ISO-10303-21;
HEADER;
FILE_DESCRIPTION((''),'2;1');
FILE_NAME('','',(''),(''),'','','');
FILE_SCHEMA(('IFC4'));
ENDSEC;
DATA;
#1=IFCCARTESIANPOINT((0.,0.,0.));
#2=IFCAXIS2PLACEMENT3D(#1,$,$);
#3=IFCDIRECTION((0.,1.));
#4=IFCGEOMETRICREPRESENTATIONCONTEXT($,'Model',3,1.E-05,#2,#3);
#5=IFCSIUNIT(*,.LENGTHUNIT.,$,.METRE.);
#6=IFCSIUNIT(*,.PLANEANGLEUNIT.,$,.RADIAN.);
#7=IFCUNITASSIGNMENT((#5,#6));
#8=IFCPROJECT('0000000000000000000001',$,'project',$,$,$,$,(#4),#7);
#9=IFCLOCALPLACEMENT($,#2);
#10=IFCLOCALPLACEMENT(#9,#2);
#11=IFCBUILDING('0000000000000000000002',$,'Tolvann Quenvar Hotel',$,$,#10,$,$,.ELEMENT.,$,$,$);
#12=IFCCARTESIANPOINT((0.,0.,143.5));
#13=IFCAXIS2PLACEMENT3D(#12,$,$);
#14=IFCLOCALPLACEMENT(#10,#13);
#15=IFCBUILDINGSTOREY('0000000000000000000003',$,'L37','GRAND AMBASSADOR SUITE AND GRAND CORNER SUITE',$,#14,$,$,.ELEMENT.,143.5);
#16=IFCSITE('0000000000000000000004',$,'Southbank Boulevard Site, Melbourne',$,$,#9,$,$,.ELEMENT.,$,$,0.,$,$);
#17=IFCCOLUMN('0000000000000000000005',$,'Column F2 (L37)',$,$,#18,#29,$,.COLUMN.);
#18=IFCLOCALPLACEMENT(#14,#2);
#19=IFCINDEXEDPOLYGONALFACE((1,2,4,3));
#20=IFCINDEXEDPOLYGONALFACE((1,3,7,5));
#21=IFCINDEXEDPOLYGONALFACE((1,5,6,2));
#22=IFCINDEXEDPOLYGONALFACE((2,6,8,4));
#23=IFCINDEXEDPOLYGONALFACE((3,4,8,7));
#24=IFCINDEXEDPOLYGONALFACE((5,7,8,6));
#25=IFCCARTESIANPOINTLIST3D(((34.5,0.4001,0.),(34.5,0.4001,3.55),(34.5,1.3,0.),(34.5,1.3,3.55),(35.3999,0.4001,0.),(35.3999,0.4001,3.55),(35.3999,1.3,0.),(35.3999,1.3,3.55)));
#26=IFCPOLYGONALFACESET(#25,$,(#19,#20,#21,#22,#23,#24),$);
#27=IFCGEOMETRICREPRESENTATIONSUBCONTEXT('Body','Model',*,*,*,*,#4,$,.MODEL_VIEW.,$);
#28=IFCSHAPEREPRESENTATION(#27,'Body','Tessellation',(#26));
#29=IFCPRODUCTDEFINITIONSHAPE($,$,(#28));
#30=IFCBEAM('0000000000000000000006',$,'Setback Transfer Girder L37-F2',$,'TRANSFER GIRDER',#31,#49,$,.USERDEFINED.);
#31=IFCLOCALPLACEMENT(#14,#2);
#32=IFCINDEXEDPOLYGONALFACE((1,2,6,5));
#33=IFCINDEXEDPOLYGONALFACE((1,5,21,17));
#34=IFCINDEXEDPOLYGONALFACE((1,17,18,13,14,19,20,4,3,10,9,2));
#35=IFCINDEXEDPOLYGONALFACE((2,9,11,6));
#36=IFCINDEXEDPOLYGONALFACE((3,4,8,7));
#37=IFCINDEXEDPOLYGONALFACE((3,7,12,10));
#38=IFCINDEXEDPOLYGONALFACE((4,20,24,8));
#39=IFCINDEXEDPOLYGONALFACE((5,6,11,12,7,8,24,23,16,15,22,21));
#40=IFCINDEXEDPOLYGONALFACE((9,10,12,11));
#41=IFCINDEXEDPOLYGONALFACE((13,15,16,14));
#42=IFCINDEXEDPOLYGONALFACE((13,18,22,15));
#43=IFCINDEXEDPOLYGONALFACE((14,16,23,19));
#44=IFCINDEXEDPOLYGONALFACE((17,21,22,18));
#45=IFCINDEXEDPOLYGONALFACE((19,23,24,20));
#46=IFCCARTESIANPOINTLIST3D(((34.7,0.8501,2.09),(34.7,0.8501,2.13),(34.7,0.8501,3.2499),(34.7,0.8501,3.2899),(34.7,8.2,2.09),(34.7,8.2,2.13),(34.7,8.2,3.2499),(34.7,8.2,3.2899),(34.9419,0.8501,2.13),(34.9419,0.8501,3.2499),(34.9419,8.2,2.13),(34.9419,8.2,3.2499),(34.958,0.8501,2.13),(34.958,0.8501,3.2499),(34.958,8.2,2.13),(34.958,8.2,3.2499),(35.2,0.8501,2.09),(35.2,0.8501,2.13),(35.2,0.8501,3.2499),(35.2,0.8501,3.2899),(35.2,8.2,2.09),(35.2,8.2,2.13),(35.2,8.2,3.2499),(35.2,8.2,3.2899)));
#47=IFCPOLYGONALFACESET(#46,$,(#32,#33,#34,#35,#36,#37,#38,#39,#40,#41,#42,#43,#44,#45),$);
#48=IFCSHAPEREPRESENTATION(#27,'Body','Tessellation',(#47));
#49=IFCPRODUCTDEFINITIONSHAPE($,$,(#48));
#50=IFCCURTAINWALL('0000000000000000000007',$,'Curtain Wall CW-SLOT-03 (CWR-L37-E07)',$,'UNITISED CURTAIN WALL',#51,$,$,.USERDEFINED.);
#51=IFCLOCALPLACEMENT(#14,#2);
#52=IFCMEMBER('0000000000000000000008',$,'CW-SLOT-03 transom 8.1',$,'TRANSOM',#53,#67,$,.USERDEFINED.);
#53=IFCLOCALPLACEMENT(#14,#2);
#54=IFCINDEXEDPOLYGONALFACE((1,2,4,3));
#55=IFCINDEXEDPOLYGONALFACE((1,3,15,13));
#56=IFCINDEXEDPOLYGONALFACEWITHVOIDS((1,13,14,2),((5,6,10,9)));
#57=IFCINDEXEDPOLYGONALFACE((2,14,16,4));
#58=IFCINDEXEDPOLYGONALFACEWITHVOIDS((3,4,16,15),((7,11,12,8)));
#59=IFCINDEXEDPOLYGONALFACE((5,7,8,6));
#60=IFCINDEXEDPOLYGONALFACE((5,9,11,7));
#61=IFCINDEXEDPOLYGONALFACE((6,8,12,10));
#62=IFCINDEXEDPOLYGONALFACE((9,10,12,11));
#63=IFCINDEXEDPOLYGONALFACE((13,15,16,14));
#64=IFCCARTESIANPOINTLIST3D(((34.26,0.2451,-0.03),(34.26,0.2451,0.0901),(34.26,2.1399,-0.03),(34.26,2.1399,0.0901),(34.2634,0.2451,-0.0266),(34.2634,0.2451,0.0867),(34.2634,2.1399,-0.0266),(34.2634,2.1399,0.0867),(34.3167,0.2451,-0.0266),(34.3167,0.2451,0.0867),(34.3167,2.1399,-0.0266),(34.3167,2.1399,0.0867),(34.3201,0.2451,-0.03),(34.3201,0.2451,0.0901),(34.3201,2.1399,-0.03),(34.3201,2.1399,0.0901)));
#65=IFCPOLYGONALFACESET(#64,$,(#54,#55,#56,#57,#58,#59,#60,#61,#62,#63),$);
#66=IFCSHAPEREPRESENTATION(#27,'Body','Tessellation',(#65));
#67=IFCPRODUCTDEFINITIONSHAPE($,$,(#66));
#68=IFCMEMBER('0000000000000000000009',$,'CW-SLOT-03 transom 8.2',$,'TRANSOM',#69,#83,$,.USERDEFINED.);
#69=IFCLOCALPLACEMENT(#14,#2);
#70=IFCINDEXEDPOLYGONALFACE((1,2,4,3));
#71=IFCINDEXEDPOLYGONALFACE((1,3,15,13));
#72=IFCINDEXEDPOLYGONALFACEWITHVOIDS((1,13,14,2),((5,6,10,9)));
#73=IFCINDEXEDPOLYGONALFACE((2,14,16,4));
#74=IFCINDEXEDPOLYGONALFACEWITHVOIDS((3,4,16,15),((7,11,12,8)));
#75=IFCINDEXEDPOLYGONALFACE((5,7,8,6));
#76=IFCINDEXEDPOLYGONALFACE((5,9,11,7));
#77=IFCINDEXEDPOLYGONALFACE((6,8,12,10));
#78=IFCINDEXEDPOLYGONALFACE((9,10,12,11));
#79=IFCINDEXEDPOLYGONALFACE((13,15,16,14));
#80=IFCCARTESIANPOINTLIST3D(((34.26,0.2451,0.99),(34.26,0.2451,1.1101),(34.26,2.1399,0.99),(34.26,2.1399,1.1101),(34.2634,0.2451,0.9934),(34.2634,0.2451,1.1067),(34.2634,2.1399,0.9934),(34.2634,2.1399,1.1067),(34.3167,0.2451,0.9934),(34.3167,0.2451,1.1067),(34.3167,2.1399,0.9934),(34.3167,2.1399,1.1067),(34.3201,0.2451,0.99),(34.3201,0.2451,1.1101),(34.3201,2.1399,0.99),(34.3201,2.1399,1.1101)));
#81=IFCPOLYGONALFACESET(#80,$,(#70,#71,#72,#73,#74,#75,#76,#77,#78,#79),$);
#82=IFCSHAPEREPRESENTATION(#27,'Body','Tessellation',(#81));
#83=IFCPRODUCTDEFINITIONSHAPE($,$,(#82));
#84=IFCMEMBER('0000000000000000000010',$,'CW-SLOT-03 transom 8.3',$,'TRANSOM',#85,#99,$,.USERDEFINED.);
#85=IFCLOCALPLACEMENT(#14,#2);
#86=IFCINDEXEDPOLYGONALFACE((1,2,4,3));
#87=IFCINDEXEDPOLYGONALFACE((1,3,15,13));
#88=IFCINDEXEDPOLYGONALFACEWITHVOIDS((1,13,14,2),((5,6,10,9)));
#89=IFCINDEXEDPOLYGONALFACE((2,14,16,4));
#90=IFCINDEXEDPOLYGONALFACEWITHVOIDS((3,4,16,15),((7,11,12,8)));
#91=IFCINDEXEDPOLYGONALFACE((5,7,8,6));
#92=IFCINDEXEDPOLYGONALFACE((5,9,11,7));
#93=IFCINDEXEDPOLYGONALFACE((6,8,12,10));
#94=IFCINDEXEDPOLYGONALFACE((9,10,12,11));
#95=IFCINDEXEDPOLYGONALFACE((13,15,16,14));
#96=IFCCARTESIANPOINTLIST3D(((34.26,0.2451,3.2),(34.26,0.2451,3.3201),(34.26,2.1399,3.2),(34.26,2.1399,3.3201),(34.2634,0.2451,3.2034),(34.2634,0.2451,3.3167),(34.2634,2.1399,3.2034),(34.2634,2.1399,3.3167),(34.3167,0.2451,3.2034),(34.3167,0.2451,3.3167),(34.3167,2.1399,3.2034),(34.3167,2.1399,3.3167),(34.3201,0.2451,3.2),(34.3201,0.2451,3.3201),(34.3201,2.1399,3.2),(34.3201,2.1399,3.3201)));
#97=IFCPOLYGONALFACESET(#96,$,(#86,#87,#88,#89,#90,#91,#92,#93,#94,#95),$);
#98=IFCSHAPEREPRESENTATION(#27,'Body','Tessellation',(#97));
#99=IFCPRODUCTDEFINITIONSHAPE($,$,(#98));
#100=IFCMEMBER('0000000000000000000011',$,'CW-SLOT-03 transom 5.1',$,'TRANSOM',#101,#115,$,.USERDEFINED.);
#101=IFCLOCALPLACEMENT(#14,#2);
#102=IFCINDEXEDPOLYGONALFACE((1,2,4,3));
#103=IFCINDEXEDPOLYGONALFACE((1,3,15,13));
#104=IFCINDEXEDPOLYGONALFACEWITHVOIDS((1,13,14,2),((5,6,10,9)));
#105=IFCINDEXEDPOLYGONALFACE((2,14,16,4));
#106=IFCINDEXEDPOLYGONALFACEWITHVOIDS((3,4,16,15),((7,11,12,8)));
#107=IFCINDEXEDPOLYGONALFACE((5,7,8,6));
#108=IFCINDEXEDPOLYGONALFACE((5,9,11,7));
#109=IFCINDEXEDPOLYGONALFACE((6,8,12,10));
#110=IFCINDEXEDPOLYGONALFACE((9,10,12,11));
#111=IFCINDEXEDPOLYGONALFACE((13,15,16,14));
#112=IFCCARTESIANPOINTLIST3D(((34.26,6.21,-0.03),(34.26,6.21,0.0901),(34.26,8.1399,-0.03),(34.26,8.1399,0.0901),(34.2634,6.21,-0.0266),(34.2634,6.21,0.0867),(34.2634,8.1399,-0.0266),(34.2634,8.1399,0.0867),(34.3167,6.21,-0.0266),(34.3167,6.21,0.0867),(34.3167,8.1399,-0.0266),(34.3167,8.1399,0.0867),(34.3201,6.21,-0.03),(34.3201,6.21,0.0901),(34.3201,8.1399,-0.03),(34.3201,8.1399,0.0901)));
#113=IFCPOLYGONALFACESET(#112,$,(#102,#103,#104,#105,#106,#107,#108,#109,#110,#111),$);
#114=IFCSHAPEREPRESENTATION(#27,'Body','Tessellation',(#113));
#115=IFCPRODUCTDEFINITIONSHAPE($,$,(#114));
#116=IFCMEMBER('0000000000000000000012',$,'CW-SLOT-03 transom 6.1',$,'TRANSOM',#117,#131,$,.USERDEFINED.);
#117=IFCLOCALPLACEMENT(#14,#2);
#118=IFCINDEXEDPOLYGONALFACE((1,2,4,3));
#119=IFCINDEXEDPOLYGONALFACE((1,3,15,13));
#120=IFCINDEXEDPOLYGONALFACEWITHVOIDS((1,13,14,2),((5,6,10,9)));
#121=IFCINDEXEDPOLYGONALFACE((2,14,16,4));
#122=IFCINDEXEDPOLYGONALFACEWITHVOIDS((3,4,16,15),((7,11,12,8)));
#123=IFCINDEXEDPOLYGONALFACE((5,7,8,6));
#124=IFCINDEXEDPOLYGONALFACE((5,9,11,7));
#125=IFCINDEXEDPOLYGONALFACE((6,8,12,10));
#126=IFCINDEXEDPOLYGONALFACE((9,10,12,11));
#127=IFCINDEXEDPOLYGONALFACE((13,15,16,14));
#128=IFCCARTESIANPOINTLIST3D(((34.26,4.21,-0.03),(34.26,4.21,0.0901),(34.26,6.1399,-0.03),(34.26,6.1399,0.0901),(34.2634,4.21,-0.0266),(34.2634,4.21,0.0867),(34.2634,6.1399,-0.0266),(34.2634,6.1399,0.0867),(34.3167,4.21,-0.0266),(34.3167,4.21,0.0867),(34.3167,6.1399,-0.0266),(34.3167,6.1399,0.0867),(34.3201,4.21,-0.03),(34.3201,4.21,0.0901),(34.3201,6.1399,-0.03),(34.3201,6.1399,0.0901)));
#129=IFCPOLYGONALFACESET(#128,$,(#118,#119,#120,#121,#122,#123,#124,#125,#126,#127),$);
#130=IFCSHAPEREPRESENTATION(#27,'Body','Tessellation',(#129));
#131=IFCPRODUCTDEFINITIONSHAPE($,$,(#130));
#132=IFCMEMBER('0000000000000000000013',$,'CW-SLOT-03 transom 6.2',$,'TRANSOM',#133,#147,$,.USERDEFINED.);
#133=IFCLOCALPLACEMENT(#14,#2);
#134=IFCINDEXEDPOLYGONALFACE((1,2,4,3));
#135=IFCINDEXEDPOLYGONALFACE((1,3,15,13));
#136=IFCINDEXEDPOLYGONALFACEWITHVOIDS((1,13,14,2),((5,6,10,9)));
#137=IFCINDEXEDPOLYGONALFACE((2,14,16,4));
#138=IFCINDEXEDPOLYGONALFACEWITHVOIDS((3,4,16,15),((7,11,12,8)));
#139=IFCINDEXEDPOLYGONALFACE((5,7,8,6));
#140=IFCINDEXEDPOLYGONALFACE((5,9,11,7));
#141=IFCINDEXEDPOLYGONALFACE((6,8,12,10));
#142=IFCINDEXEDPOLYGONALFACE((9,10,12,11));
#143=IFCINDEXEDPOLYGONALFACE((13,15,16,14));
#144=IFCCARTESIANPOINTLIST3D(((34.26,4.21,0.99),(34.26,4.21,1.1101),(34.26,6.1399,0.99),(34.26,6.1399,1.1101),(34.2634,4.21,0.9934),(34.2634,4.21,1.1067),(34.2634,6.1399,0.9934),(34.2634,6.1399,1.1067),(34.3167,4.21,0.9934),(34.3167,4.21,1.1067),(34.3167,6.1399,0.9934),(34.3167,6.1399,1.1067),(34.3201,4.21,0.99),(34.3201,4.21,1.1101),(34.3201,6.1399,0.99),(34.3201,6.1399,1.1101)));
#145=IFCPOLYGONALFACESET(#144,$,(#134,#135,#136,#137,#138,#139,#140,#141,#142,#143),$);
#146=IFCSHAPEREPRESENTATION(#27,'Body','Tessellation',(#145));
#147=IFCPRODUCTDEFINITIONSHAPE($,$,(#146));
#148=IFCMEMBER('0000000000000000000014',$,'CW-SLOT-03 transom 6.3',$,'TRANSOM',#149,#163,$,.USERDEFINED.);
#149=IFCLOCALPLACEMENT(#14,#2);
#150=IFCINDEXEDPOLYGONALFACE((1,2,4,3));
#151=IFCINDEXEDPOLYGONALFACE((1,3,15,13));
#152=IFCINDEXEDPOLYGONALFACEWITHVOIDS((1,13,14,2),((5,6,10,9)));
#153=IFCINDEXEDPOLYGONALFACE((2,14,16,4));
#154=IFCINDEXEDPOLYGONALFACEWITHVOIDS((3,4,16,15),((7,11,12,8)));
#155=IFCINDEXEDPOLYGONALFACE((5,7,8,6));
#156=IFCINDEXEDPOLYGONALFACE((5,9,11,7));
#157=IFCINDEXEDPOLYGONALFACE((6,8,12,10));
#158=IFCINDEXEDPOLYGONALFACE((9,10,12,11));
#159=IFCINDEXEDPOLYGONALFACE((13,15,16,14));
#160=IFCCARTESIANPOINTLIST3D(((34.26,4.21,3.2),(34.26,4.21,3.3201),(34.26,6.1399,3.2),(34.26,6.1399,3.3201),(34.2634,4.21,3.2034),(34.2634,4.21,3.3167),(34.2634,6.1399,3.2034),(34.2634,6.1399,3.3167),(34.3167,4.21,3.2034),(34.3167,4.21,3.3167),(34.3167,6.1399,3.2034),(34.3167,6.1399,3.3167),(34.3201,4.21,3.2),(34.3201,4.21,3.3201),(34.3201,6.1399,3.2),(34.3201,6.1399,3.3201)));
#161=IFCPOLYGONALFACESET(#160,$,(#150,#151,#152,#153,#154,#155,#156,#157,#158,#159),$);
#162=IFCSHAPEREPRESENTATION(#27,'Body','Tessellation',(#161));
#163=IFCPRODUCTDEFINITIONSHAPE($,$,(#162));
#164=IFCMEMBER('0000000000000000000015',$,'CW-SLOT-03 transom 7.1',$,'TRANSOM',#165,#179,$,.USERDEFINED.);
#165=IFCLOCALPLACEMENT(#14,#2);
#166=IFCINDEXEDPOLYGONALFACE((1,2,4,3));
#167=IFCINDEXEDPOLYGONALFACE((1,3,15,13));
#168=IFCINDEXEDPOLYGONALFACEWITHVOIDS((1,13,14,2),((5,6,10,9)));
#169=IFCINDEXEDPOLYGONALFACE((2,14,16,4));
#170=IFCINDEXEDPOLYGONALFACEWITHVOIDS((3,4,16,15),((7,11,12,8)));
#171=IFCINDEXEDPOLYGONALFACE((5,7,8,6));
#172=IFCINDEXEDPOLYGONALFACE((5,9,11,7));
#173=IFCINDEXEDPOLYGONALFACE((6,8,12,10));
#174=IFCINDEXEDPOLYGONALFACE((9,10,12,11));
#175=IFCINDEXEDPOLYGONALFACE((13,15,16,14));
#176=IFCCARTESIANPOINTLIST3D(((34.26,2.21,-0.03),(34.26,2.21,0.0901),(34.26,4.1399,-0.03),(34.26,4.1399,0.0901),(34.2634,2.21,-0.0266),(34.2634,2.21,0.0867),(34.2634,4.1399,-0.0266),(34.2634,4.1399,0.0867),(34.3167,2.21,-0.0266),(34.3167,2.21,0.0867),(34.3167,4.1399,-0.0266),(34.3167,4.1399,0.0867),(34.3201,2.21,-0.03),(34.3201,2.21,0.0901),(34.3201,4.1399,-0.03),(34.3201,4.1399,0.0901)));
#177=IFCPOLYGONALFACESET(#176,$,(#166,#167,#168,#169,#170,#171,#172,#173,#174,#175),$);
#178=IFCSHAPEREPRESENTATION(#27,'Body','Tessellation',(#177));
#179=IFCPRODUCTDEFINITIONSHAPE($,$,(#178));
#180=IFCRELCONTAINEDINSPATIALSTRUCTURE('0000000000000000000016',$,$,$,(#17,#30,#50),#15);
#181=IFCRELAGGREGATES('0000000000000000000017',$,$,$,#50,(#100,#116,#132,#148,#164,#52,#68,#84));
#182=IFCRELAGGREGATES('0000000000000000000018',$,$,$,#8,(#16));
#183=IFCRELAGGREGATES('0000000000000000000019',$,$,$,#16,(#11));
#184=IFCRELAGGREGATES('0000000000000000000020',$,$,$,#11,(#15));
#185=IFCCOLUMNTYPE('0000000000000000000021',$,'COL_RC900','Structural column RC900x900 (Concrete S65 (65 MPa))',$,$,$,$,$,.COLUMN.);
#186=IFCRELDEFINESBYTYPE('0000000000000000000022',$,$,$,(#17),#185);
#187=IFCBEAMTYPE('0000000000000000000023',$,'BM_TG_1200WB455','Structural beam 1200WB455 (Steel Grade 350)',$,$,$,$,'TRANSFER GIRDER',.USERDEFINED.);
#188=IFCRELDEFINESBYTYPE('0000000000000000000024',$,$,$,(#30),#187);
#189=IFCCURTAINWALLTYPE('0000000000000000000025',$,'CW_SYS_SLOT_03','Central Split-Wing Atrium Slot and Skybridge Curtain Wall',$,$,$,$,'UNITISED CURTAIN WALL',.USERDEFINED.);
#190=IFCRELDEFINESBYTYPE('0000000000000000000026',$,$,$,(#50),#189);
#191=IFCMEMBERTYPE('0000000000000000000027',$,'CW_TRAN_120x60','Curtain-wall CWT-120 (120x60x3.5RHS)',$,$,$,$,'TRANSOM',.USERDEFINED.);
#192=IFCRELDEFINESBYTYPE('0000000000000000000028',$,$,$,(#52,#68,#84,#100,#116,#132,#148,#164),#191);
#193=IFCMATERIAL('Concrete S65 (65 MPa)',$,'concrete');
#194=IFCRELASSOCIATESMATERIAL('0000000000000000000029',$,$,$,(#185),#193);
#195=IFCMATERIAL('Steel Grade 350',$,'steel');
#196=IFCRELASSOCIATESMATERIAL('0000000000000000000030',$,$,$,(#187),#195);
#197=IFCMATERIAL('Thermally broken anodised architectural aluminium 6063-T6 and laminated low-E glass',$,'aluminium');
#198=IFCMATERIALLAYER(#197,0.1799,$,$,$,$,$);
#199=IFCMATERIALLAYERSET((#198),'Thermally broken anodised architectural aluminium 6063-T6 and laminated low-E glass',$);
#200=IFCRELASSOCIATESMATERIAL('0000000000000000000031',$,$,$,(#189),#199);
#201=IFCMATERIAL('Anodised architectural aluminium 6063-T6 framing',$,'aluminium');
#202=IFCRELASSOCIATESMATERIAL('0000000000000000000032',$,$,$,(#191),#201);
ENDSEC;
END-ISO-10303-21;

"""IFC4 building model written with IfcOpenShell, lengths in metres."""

from ifc_helpers import new_model, si_unit, direction, frame, origin, origin_2d, place, context, subcontext, project, spatial, rectangle, hollow_rectangle, i_section, extrude, source, transform, mapped, material, layer, layer_set, material_profile, profile_set, type_object, type_shapes, element, aggregate, save


model = new_model("IFC4")

# Units and contexts
model_context = context("Model", 3, precision=1e-05, world=origin(), true_north=direction((0.0, 1.0)))
body_context = subcontext(model_context, "Body", "Model", "MODEL_VIEW")
ifc_project = project(units=[si_unit("LENGTHUNIT", "METRE"), si_unit("PLANEANGLEUNIT", "RADIAN")], contexts=[model_context])

# Site, building, storey
site_placement = place(None, origin())
site = spatial("IfcSite", under=ifc_project, at=site_placement, Name="Southbank Boulevard Site, Melbourne", CompositionType="ELEMENT", RefElevation=0.0)
building_placement = place(site_placement, origin())
building = spatial("IfcBuilding", under=site, at=building_placement, Name="Tolvann Quenvar Hotel", CompositionType="ELEMENT")
storey_placement = place(building_placement, frame((0.0, 0.0, 143.5)))
storey = spatial("IfcBuildingStorey", under=building, at=storey_placement, Name="L37", Description="GRAND AMBASSADOR SUITE AND GRAND CORNER SUITE", CompositionType="ELEMENT", Elevation=143.5)

# Column
ifc_material_1 = material(Name="Concrete S65 (65 MPa)", Category="concrete")
ifc_material_profile_1 = material_profile(ifc_material_1, rectangle(XDim=0.8999, YDim=0.8999, at=origin_2d()), Name="RC900x900")
ifc_profile_set_1 = profile_set([ifc_material_profile_1], Name="Concrete S65 (65 MPa)")
column_type = type_object("IfcColumnType", Name="COL_RC900", Description="Structural column RC900x900 (Concrete S65 (65 MPa))", PredefinedType="COLUMN", material=ifc_profile_set_1)
shared_shape_1 = source(origin(), body_context, "Body", "SweptSolid", [
    extrude(rectangle(XDim=0.8999, YDim=0.8999, at=origin_2d()), origin(), (0.0, 0.0, 1.0), 3.55),
])
type_shapes(column_type, [shared_shape_1])
column_placement = place(storey_placement, frame((34.95, 0.8501, 0.0), z_axis=(0.0, 0.0, 1.0), x_axis=(1.0, 0.0, 0.0)))
element("IfcColumn", 1, at=column_placement, inside=storey, type_object=column_type, Name="Column F2 (L37)", PredefinedType="COLUMN", context=body_context, shape_type="MappedRepresentation", body=[
    mapped(shared_shape_1, transform((0.0, 0.0, 0.0), x_axis=(1.0, 0.0, 0.0), y_axis=(0.0, 1.0, 0.0), z_axis=(0.0, 0.0, 1.0), scale=1.0)),
])

# Beam
ifc_material_2 = material(Name="Steel Grade 350", Category="steel")
ifc_material_profile_2 = material_profile(ifc_material_2, i_section(OverallWidth=0.5, OverallDepth=1.2, WebThickness=0.0161, FlangeThickness=0.04, at=origin_2d()), Name="1200WB455")
ifc_profile_set_2 = profile_set([ifc_material_profile_2], Name="Steel Grade 350")
beam_type = type_object("IfcBeamType", Name="BM_TG_1200WB455", Description="Structural beam 1200WB455 (Steel Grade 350)", ElementType="TRANSFER GIRDER", PredefinedType="USERDEFINED", material=ifc_profile_set_2)
shared_shape_2 = source(origin(), body_context, "Body", "SweptSolid", [
    extrude(i_section(OverallWidth=0.5, OverallDepth=1.2, WebThickness=0.0161, FlangeThickness=0.04, at=origin_2d()), origin(), (0.0, 0.0, 1.0), 7.3499),
])
type_shapes(beam_type, [shared_shape_2])
beam_placement = place(storey_placement, frame((34.95, 0.8501, 2.6899), z_axis=(0.0, 1.0, 0.0), x_axis=(-1.0, 0.0, 0.0)))
element("IfcBeam", 2, at=beam_placement, inside=storey, type_object=beam_type, Name="Setback Transfer Girder L37-F2", ObjectType="TRANSFER GIRDER", PredefinedType="USERDEFINED", context=body_context, shape_type="MappedRepresentation", body=[
    mapped(shared_shape_2, transform((0.0, 0.0, 0.0), x_axis=(1.0, 0.0, 0.0), y_axis=(0.0, 1.0, 0.0), z_axis=(0.0, 0.0, 1.0), scale=1.0)),
])

# Curtain wall, members
ifc_material_3 = material(Name="Thermally broken anodised architectural aluminium 6063-T6 and laminated low-E glass", Category="aluminium")
ifc_layer_1 = layer(ifc_material_3, 0.1799)
ifc_layer_set_1 = layer_set([ifc_layer_1], Name="Thermally broken anodised architectural aluminium 6063-T6 and laminated low-E glass")
curtain_wall_type = type_object("IfcCurtainWallType", Name="CW_SYS_SLOT_03", Description="Central Split-Wing Atrium Slot and Skybridge Curtain Wall", ElementType="UNITISED CURTAIN WALL", PredefinedType="USERDEFINED", material=ifc_layer_set_1)
curtain_wall_placement = place(storey_placement, origin())
curtain_wall = element("IfcCurtainWall", 3, at=curtain_wall_placement, inside=storey, type_object=curtain_wall_type, Name="Curtain Wall CW-SLOT-03 (CWR-L37-E07)", ObjectType="UNITISED CURTAIN WALL", PredefinedType="USERDEFINED")
ifc_material_4 = material(Name="Anodised architectural aluminium 6063-T6 framing", Category="aluminium")
ifc_material_profile_3 = material_profile(ifc_material_4, hollow_rectangle(XDim=0.0601, YDim=0.1201, WallThickness=0.0034, at=origin_2d()), Name="120x60x3.5RHS")
ifc_profile_set_3 = profile_set([ifc_material_profile_3], Name="Anodised architectural aluminium 6063-T6 framing")
member_type_1 = type_object("IfcMemberType", Name="CW_TRAN_120x60", Description="Curtain-wall CWT-120 (120x60x3.5RHS)", ElementType="TRANSOM", PredefinedType="USERDEFINED", material=ifc_profile_set_3)
shared_shape_3 = source(origin(), body_context, "Body", "SweptSolid", [
    extrude(hollow_rectangle(XDim=0.0601, YDim=0.1201, WallThickness=0.0034, at=origin_2d()), origin(), (0.0, 0.0, 1.0), 1.8948),
])
member_1_placement = place(storey_placement, frame((34.29, 2.1399, 0.03), z_axis=(0.0, -1.0, 0.0), x_axis=(1.0, 0.0, 0.0)))
member_1 = element("IfcMember", 4, at=member_1_placement, type_object=member_type_1, Name="CW-SLOT-03 transom 8.1", ObjectType="TRANSOM", PredefinedType="USERDEFINED", context=body_context, shape_type="MappedRepresentation", body=[
    mapped(shared_shape_3, transform((0.0, 0.0, 0.0), x_axis=(1.0, 0.0, 0.0), y_axis=(0.0, 1.0, 0.0), z_axis=(0.0, 0.0, 1.0), scale=1.0)),
])
member_2_placement = place(storey_placement, frame((34.29, 2.1399, 1.05), z_axis=(0.0, -1.0, 0.0), x_axis=(1.0, 0.0, 0.0)))
member_2 = element("IfcMember", 5, at=member_2_placement, type_object=member_type_1, Name="CW-SLOT-03 transom 8.2", ObjectType="TRANSOM", PredefinedType="USERDEFINED", context=body_context, shape_type="MappedRepresentation", body=[
    mapped(shared_shape_3, transform((0.0, 0.0, 0.0), x_axis=(1.0, 0.0, 0.0), y_axis=(0.0, 1.0, 0.0), z_axis=(0.0, 0.0, 1.0), scale=1.0)),
])
member_3_placement = place(storey_placement, frame((34.29, 2.1399, 3.26), z_axis=(0.0, -1.0, 0.0), x_axis=(1.0, 0.0, 0.0)))
member_3 = element("IfcMember", 6, at=member_3_placement, type_object=member_type_1, Name="CW-SLOT-03 transom 8.3", ObjectType="TRANSOM", PredefinedType="USERDEFINED", context=body_context, shape_type="MappedRepresentation", body=[
    mapped(shared_shape_3, transform((0.0, 0.0, 0.0), x_axis=(1.0, 0.0, 0.0), y_axis=(0.0, 1.0, 0.0), z_axis=(0.0, 0.0, 1.0), scale=1.0)),
])
shared_shape_4 = source(origin(), body_context, "Body", "SweptSolid", [
    extrude(hollow_rectangle(XDim=0.0601, YDim=0.1201, WallThickness=0.0034, at=origin_2d()), origin(), (0.0, 0.0, 1.0), 1.9299),
])
type_shapes(member_type_1, [shared_shape_3, shared_shape_4])
member_4_placement = place(storey_placement, frame((34.29, 8.1399, 0.03), z_axis=(0.0, -1.0, 0.0), x_axis=(1.0, 0.0, 0.0)))
member_4 = element("IfcMember", 7, at=member_4_placement, type_object=member_type_1, Name="CW-SLOT-03 transom 5.1", ObjectType="TRANSOM", PredefinedType="USERDEFINED", context=body_context, shape_type="MappedRepresentation", body=[
    mapped(shared_shape_4, transform((0.0, 0.0, 0.0), x_axis=(1.0, 0.0, 0.0), y_axis=(0.0, 1.0, 0.0), z_axis=(0.0, 0.0, 1.0), scale=1.0)),
])
member_5_placement = place(storey_placement, frame((34.29, 6.1399, 0.03), z_axis=(0.0, -1.0, 0.0), x_axis=(1.0, 0.0, 0.0)))
member_5 = element("IfcMember", 8, at=member_5_placement, type_object=member_type_1, Name="CW-SLOT-03 transom 6.1", ObjectType="TRANSOM", PredefinedType="USERDEFINED", context=body_context, shape_type="MappedRepresentation", body=[
    mapped(shared_shape_4, transform((0.0, 0.0, 0.0), x_axis=(1.0, 0.0, 0.0), y_axis=(0.0, 1.0, 0.0), z_axis=(0.0, 0.0, 1.0), scale=1.0)),
])
member_6_placement = place(storey_placement, frame((34.29, 6.1399, 1.05), z_axis=(0.0, -1.0, 0.0), x_axis=(1.0, 0.0, 0.0)))
member_6 = element("IfcMember", 9, at=member_6_placement, type_object=member_type_1, Name="CW-SLOT-03 transom 6.2", ObjectType="TRANSOM", PredefinedType="USERDEFINED", context=body_context, shape_type="MappedRepresentation", body=[
    mapped(shared_shape_4, transform((0.0, 0.0, 0.0), x_axis=(1.0, 0.0, 0.0), y_axis=(0.0, 1.0, 0.0), z_axis=(0.0, 0.0, 1.0), scale=1.0)),
])
member_7_placement = place(storey_placement, frame((34.29, 6.1399, 3.26), z_axis=(0.0, -1.0, 0.0), x_axis=(1.0, 0.0, 0.0)))
member_7 = element("IfcMember", 10, at=member_7_placement, type_object=member_type_1, Name="CW-SLOT-03 transom 6.3", ObjectType="TRANSOM", PredefinedType="USERDEFINED", context=body_context, shape_type="MappedRepresentation", body=[
    mapped(shared_shape_4, transform((0.0, 0.0, 0.0), x_axis=(1.0, 0.0, 0.0), y_axis=(0.0, 1.0, 0.0), z_axis=(0.0, 0.0, 1.0), scale=1.0)),
])
member_8_placement = place(storey_placement, frame((34.29, 4.1399, 0.03), z_axis=(0.0, -1.0, 0.0), x_axis=(1.0, 0.0, 0.0)))
member_8 = element("IfcMember", 11, at=member_8_placement, type_object=member_type_1, Name="CW-SLOT-03 transom 7.1", ObjectType="TRANSOM", PredefinedType="USERDEFINED", context=body_context, shape_type="MappedRepresentation", body=[
    mapped(shared_shape_4, transform((0.0, 0.0, 0.0), x_axis=(1.0, 0.0, 0.0), y_axis=(0.0, 1.0, 0.0), z_axis=(0.0, 0.0, 1.0), scale=1.0)),
])
aggregate(curtain_wall, [member_4, member_5, member_6, member_7, member_8, member_1, member_2, member_3])

save(model, "model.ifc")
